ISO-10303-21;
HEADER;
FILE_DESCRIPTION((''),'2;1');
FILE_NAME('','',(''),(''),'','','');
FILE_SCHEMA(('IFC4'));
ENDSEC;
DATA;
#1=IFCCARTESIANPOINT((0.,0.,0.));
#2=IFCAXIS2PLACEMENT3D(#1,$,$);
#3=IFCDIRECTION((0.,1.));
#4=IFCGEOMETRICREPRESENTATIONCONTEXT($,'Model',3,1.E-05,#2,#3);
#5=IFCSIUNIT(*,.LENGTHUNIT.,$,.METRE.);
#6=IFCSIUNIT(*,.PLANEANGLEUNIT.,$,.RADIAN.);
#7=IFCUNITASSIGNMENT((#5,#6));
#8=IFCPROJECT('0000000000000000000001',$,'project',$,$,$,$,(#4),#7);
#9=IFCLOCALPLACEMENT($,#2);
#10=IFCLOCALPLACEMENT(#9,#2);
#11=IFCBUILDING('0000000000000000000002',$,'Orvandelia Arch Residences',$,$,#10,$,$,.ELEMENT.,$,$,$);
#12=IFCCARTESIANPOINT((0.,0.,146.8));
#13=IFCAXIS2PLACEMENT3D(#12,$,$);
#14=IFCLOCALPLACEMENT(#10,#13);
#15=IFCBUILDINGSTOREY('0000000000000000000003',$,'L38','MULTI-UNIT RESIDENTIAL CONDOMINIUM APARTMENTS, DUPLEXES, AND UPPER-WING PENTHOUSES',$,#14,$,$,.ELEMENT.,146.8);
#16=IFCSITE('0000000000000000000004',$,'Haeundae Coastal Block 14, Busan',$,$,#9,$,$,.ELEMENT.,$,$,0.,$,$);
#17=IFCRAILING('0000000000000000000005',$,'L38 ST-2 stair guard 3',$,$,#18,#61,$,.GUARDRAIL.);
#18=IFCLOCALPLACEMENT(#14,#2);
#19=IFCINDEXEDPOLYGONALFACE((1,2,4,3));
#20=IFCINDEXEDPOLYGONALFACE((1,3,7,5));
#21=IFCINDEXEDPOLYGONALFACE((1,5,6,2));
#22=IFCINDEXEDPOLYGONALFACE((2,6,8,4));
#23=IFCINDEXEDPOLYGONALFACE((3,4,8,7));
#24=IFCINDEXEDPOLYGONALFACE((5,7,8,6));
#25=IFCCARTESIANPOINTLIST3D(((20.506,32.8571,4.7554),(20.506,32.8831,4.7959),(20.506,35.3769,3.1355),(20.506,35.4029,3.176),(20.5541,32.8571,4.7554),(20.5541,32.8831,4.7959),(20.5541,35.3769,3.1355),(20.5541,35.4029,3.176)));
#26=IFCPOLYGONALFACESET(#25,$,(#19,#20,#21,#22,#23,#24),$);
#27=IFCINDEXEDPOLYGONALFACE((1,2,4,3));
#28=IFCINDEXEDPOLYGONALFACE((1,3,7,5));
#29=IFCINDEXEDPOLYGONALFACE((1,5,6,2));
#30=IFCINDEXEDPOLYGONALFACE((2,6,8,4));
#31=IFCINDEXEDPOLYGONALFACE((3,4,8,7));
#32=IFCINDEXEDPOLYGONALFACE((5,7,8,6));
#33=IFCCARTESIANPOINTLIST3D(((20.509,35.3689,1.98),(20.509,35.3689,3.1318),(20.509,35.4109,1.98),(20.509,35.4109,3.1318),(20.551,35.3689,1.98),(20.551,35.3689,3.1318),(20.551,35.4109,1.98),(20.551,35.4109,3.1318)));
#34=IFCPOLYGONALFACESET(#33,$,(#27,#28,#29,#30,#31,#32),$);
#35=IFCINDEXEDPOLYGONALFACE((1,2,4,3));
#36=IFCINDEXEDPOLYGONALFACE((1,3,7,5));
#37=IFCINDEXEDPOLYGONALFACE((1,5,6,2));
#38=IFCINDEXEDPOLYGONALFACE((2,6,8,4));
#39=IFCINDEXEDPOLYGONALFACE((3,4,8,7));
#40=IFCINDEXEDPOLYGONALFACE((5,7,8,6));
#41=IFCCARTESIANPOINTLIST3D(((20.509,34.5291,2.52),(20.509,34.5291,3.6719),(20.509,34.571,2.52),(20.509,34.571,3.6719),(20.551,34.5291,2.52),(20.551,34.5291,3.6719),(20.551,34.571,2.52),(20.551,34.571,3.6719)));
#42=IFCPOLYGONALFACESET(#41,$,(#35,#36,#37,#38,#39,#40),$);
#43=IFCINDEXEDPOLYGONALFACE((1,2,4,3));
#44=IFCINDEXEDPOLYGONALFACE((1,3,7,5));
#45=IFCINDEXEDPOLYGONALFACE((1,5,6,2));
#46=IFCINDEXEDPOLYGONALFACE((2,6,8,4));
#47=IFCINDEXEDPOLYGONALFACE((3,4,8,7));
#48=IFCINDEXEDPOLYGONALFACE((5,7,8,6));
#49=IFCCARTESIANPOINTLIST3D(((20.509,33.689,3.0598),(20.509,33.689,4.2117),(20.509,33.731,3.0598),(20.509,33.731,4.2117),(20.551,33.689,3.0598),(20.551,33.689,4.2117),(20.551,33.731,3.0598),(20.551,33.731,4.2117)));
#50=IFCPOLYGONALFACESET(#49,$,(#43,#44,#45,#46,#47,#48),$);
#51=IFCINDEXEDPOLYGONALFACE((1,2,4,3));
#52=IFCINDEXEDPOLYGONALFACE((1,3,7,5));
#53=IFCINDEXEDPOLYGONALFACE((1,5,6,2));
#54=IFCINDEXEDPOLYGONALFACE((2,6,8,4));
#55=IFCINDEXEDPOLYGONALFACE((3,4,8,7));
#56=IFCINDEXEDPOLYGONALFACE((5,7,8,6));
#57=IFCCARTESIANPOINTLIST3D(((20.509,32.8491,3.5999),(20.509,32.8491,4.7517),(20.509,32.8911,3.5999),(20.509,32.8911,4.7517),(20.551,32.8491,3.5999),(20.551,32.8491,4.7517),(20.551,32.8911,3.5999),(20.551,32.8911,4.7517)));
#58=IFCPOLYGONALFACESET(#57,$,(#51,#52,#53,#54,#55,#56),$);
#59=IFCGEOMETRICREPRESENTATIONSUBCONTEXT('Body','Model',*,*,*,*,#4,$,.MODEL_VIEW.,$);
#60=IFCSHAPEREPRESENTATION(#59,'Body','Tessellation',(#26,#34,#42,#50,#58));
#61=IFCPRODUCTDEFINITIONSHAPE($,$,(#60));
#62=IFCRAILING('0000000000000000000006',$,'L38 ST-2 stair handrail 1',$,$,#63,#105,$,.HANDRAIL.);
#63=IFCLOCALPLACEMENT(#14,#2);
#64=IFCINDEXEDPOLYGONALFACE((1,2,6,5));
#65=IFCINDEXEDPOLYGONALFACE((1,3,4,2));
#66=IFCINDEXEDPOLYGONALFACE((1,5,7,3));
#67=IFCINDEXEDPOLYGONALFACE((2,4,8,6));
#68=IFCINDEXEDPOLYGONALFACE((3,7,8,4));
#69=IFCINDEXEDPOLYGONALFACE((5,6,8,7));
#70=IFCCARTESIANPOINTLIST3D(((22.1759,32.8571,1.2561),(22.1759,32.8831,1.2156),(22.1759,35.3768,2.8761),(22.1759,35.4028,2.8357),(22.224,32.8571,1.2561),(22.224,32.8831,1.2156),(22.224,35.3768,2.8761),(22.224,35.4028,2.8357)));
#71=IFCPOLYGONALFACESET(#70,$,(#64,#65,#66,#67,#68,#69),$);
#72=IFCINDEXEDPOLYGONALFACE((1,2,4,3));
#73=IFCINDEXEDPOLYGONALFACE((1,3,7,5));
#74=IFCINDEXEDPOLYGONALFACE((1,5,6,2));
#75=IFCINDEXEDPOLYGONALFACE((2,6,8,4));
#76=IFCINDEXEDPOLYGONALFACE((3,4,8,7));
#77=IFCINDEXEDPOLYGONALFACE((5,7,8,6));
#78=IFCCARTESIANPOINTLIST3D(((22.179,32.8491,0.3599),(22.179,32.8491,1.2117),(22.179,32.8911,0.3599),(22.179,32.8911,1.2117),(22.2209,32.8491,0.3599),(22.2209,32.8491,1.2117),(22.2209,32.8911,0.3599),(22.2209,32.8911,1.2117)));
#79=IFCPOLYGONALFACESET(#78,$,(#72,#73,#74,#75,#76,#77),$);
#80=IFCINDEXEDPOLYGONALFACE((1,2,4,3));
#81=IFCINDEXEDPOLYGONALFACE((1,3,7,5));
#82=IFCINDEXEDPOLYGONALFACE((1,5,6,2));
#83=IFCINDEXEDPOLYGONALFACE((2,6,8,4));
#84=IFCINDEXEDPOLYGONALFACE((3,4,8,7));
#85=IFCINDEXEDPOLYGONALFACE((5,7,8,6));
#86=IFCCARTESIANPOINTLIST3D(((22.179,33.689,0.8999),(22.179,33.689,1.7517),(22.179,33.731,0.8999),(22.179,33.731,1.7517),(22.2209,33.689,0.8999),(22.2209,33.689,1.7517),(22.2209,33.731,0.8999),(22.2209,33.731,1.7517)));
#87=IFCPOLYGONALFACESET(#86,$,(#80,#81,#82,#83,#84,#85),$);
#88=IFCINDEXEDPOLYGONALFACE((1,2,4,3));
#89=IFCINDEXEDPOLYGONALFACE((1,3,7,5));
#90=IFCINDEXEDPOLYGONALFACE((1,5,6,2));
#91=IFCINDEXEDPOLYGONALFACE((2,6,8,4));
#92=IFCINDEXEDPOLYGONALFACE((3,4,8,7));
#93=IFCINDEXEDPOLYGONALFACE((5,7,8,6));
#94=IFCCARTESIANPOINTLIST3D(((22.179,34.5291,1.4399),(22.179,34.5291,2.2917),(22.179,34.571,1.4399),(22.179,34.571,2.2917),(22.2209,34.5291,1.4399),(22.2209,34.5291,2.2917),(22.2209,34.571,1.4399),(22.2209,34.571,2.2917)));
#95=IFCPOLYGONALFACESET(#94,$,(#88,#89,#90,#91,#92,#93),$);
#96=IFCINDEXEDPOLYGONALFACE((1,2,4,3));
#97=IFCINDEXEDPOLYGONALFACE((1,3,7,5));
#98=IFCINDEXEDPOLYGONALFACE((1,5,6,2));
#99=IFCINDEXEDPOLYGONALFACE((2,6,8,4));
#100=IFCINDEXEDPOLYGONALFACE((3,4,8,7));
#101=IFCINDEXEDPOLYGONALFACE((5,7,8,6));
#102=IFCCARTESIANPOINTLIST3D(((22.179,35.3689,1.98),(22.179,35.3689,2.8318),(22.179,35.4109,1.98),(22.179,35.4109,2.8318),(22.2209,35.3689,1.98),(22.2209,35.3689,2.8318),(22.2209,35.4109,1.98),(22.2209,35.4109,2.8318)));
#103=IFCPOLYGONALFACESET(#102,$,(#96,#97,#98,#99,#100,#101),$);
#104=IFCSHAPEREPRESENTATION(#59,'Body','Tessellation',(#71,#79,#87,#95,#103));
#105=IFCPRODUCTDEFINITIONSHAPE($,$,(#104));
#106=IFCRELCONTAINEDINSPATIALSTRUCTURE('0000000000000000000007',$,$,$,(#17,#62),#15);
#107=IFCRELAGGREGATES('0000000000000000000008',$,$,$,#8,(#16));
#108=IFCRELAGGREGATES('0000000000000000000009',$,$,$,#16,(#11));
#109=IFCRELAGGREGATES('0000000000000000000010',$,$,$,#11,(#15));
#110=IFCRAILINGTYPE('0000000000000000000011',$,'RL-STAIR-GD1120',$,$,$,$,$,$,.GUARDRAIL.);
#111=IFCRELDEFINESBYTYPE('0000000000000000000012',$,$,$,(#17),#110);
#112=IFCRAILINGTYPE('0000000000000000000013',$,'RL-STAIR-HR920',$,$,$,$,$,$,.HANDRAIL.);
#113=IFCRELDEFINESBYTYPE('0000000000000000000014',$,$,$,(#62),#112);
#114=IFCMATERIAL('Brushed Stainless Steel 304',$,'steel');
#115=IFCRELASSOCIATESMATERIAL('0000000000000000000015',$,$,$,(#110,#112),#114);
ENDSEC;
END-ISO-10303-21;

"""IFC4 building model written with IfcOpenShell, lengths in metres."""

from ifc_helpers import new_model, si_unit, direction, frame, origin, origin_2d, place, context, subcontext, project, spatial, rectangle, extrude, material, type_object, element, save


model = new_model("IFC4")

# Units and contexts
model_context = context("Model", 3, precision=1e-05, world=origin(), true_north=direction((0.0, 1.0)))
body_context = subcontext(model_context, "Body", "Model", "MODEL_VIEW")
ifc_project = project(units=[si_unit("LENGTHUNIT", "METRE"), si_unit("PLANEANGLEUNIT", "RADIAN")], contexts=[model_context])

# Site, building, storey
site_placement = place(None, origin())
site = spatial("IfcSite", under=ifc_project, at=site_placement, Name="Haeundae Coastal Block 14, Busan", CompositionType="ELEMENT", RefElevation=0.0)
building_placement = place(site_placement, origin())
building = spatial("IfcBuilding", under=site, at=building_placement, Name="Orvandelia Arch Residences", CompositionType="ELEMENT")
storey_placement = place(building_placement, frame((0.0, 0.0, 146.8)))
storey = spatial("IfcBuildingStorey", under=building, at=storey_placement, Name="L38", Description="MULTI-UNIT RESIDENTIAL CONDOMINIUM APARTMENTS, DUPLEXES, AND UPPER-WING PENTHOUSES", CompositionType="ELEMENT", Elevation=146.8)

# Railings
ifc_material_1 = material(Name="Brushed Stainless Steel 304", Category="steel")
railing_type_1 = type_object("IfcRailingType", Name="RL-STAIR-GD1120", PredefinedType="GUARDRAIL", material=ifc_material_1)
railing_1_placement = place(storey_placement, frame((20.53, 35.3899, 1.98)))
element("IfcRailing", 1, at=railing_1_placement, inside=storey, type_object=railing_type_1, Name="L38 ST-2 stair guard 3", PredefinedType="GUARDRAIL", context=body_context, shape_type="SweptSolid", body=[
    extrude(rectangle(XDim=0.0481, YDim=0.0481, at=origin_2d()), frame((0.0, 0.0, 1.1758), z_axis=(0.0, -0.841176, 0.540762), x_axis=(1.0, 0.0, 0.0)), (0.0, 0.0, 1.0), 2.9956),
    extrude(rectangle(XDim=0.042, YDim=0.042, at=origin_2d()), origin(), (0.0, 0.0, 1.0), 1.1519),
    extrude(rectangle(XDim=0.042, YDim=0.042, at=origin_2d()), frame((0.0, -0.8398, 0.54)), (0.0, 0.0, 1.0), 1.1519),
    extrude(rectangle(XDim=0.042, YDim=0.042, at=origin_2d()), frame((0.0, -1.6799, 1.0798)), (0.0, 0.0, 1.0), 1.1519),
    extrude(rectangle(XDim=0.042, YDim=0.042, at=origin_2d()), frame((0.0, -2.5198, 1.6199)), (0.0, 0.0, 1.0), 1.1519),
])
railing_type_2 = type_object("IfcRailingType", Name="RL-STAIR-HR920", PredefinedType="HANDRAIL", material=ifc_material_1)
railing_2_placement = place(storey_placement, frame((22.2, 32.8701, 0.3599)))
element("IfcRailing", 2, at=railing_2_placement, inside=storey, type_object=railing_type_2, Name="L38 ST-2 stair handrail 1", PredefinedType="HANDRAIL", context=body_context, shape_type="SweptSolid", body=[
    extrude(rectangle(XDim=0.0481, YDim=0.0481, at=origin_2d()), frame((0.0, 0.0, 0.876), z_axis=(0.0, 0.841139, 0.540819), x_axis=(-1.0, 0.0, 0.0)), (0.0, 0.0, 1.0), 2.9956),
    extrude(rectangle(XDim=0.042, YDim=0.042, at=origin_2d()), origin(), (0.0, 0.0, 1.0), 0.8518),
    extrude(rectangle(XDim=0.042, YDim=0.042, at=origin_2d()), frame((0.0, 0.8398, 0.54)), (0.0, 0.0, 1.0), 0.8518),
    extrude(rectangle(XDim=0.042, YDim=0.042, at=origin_2d()), frame((0.0, 1.6799, 1.0801)), (0.0, 0.0, 1.0), 0.8518),
    extrude(rectangle(XDim=0.042, YDim=0.042, at=origin_2d()), frame((0.0, 2.5198, 1.6201)), (0.0, 0.0, 1.0), 0.8518),
])

save(model, "model.ifc")
